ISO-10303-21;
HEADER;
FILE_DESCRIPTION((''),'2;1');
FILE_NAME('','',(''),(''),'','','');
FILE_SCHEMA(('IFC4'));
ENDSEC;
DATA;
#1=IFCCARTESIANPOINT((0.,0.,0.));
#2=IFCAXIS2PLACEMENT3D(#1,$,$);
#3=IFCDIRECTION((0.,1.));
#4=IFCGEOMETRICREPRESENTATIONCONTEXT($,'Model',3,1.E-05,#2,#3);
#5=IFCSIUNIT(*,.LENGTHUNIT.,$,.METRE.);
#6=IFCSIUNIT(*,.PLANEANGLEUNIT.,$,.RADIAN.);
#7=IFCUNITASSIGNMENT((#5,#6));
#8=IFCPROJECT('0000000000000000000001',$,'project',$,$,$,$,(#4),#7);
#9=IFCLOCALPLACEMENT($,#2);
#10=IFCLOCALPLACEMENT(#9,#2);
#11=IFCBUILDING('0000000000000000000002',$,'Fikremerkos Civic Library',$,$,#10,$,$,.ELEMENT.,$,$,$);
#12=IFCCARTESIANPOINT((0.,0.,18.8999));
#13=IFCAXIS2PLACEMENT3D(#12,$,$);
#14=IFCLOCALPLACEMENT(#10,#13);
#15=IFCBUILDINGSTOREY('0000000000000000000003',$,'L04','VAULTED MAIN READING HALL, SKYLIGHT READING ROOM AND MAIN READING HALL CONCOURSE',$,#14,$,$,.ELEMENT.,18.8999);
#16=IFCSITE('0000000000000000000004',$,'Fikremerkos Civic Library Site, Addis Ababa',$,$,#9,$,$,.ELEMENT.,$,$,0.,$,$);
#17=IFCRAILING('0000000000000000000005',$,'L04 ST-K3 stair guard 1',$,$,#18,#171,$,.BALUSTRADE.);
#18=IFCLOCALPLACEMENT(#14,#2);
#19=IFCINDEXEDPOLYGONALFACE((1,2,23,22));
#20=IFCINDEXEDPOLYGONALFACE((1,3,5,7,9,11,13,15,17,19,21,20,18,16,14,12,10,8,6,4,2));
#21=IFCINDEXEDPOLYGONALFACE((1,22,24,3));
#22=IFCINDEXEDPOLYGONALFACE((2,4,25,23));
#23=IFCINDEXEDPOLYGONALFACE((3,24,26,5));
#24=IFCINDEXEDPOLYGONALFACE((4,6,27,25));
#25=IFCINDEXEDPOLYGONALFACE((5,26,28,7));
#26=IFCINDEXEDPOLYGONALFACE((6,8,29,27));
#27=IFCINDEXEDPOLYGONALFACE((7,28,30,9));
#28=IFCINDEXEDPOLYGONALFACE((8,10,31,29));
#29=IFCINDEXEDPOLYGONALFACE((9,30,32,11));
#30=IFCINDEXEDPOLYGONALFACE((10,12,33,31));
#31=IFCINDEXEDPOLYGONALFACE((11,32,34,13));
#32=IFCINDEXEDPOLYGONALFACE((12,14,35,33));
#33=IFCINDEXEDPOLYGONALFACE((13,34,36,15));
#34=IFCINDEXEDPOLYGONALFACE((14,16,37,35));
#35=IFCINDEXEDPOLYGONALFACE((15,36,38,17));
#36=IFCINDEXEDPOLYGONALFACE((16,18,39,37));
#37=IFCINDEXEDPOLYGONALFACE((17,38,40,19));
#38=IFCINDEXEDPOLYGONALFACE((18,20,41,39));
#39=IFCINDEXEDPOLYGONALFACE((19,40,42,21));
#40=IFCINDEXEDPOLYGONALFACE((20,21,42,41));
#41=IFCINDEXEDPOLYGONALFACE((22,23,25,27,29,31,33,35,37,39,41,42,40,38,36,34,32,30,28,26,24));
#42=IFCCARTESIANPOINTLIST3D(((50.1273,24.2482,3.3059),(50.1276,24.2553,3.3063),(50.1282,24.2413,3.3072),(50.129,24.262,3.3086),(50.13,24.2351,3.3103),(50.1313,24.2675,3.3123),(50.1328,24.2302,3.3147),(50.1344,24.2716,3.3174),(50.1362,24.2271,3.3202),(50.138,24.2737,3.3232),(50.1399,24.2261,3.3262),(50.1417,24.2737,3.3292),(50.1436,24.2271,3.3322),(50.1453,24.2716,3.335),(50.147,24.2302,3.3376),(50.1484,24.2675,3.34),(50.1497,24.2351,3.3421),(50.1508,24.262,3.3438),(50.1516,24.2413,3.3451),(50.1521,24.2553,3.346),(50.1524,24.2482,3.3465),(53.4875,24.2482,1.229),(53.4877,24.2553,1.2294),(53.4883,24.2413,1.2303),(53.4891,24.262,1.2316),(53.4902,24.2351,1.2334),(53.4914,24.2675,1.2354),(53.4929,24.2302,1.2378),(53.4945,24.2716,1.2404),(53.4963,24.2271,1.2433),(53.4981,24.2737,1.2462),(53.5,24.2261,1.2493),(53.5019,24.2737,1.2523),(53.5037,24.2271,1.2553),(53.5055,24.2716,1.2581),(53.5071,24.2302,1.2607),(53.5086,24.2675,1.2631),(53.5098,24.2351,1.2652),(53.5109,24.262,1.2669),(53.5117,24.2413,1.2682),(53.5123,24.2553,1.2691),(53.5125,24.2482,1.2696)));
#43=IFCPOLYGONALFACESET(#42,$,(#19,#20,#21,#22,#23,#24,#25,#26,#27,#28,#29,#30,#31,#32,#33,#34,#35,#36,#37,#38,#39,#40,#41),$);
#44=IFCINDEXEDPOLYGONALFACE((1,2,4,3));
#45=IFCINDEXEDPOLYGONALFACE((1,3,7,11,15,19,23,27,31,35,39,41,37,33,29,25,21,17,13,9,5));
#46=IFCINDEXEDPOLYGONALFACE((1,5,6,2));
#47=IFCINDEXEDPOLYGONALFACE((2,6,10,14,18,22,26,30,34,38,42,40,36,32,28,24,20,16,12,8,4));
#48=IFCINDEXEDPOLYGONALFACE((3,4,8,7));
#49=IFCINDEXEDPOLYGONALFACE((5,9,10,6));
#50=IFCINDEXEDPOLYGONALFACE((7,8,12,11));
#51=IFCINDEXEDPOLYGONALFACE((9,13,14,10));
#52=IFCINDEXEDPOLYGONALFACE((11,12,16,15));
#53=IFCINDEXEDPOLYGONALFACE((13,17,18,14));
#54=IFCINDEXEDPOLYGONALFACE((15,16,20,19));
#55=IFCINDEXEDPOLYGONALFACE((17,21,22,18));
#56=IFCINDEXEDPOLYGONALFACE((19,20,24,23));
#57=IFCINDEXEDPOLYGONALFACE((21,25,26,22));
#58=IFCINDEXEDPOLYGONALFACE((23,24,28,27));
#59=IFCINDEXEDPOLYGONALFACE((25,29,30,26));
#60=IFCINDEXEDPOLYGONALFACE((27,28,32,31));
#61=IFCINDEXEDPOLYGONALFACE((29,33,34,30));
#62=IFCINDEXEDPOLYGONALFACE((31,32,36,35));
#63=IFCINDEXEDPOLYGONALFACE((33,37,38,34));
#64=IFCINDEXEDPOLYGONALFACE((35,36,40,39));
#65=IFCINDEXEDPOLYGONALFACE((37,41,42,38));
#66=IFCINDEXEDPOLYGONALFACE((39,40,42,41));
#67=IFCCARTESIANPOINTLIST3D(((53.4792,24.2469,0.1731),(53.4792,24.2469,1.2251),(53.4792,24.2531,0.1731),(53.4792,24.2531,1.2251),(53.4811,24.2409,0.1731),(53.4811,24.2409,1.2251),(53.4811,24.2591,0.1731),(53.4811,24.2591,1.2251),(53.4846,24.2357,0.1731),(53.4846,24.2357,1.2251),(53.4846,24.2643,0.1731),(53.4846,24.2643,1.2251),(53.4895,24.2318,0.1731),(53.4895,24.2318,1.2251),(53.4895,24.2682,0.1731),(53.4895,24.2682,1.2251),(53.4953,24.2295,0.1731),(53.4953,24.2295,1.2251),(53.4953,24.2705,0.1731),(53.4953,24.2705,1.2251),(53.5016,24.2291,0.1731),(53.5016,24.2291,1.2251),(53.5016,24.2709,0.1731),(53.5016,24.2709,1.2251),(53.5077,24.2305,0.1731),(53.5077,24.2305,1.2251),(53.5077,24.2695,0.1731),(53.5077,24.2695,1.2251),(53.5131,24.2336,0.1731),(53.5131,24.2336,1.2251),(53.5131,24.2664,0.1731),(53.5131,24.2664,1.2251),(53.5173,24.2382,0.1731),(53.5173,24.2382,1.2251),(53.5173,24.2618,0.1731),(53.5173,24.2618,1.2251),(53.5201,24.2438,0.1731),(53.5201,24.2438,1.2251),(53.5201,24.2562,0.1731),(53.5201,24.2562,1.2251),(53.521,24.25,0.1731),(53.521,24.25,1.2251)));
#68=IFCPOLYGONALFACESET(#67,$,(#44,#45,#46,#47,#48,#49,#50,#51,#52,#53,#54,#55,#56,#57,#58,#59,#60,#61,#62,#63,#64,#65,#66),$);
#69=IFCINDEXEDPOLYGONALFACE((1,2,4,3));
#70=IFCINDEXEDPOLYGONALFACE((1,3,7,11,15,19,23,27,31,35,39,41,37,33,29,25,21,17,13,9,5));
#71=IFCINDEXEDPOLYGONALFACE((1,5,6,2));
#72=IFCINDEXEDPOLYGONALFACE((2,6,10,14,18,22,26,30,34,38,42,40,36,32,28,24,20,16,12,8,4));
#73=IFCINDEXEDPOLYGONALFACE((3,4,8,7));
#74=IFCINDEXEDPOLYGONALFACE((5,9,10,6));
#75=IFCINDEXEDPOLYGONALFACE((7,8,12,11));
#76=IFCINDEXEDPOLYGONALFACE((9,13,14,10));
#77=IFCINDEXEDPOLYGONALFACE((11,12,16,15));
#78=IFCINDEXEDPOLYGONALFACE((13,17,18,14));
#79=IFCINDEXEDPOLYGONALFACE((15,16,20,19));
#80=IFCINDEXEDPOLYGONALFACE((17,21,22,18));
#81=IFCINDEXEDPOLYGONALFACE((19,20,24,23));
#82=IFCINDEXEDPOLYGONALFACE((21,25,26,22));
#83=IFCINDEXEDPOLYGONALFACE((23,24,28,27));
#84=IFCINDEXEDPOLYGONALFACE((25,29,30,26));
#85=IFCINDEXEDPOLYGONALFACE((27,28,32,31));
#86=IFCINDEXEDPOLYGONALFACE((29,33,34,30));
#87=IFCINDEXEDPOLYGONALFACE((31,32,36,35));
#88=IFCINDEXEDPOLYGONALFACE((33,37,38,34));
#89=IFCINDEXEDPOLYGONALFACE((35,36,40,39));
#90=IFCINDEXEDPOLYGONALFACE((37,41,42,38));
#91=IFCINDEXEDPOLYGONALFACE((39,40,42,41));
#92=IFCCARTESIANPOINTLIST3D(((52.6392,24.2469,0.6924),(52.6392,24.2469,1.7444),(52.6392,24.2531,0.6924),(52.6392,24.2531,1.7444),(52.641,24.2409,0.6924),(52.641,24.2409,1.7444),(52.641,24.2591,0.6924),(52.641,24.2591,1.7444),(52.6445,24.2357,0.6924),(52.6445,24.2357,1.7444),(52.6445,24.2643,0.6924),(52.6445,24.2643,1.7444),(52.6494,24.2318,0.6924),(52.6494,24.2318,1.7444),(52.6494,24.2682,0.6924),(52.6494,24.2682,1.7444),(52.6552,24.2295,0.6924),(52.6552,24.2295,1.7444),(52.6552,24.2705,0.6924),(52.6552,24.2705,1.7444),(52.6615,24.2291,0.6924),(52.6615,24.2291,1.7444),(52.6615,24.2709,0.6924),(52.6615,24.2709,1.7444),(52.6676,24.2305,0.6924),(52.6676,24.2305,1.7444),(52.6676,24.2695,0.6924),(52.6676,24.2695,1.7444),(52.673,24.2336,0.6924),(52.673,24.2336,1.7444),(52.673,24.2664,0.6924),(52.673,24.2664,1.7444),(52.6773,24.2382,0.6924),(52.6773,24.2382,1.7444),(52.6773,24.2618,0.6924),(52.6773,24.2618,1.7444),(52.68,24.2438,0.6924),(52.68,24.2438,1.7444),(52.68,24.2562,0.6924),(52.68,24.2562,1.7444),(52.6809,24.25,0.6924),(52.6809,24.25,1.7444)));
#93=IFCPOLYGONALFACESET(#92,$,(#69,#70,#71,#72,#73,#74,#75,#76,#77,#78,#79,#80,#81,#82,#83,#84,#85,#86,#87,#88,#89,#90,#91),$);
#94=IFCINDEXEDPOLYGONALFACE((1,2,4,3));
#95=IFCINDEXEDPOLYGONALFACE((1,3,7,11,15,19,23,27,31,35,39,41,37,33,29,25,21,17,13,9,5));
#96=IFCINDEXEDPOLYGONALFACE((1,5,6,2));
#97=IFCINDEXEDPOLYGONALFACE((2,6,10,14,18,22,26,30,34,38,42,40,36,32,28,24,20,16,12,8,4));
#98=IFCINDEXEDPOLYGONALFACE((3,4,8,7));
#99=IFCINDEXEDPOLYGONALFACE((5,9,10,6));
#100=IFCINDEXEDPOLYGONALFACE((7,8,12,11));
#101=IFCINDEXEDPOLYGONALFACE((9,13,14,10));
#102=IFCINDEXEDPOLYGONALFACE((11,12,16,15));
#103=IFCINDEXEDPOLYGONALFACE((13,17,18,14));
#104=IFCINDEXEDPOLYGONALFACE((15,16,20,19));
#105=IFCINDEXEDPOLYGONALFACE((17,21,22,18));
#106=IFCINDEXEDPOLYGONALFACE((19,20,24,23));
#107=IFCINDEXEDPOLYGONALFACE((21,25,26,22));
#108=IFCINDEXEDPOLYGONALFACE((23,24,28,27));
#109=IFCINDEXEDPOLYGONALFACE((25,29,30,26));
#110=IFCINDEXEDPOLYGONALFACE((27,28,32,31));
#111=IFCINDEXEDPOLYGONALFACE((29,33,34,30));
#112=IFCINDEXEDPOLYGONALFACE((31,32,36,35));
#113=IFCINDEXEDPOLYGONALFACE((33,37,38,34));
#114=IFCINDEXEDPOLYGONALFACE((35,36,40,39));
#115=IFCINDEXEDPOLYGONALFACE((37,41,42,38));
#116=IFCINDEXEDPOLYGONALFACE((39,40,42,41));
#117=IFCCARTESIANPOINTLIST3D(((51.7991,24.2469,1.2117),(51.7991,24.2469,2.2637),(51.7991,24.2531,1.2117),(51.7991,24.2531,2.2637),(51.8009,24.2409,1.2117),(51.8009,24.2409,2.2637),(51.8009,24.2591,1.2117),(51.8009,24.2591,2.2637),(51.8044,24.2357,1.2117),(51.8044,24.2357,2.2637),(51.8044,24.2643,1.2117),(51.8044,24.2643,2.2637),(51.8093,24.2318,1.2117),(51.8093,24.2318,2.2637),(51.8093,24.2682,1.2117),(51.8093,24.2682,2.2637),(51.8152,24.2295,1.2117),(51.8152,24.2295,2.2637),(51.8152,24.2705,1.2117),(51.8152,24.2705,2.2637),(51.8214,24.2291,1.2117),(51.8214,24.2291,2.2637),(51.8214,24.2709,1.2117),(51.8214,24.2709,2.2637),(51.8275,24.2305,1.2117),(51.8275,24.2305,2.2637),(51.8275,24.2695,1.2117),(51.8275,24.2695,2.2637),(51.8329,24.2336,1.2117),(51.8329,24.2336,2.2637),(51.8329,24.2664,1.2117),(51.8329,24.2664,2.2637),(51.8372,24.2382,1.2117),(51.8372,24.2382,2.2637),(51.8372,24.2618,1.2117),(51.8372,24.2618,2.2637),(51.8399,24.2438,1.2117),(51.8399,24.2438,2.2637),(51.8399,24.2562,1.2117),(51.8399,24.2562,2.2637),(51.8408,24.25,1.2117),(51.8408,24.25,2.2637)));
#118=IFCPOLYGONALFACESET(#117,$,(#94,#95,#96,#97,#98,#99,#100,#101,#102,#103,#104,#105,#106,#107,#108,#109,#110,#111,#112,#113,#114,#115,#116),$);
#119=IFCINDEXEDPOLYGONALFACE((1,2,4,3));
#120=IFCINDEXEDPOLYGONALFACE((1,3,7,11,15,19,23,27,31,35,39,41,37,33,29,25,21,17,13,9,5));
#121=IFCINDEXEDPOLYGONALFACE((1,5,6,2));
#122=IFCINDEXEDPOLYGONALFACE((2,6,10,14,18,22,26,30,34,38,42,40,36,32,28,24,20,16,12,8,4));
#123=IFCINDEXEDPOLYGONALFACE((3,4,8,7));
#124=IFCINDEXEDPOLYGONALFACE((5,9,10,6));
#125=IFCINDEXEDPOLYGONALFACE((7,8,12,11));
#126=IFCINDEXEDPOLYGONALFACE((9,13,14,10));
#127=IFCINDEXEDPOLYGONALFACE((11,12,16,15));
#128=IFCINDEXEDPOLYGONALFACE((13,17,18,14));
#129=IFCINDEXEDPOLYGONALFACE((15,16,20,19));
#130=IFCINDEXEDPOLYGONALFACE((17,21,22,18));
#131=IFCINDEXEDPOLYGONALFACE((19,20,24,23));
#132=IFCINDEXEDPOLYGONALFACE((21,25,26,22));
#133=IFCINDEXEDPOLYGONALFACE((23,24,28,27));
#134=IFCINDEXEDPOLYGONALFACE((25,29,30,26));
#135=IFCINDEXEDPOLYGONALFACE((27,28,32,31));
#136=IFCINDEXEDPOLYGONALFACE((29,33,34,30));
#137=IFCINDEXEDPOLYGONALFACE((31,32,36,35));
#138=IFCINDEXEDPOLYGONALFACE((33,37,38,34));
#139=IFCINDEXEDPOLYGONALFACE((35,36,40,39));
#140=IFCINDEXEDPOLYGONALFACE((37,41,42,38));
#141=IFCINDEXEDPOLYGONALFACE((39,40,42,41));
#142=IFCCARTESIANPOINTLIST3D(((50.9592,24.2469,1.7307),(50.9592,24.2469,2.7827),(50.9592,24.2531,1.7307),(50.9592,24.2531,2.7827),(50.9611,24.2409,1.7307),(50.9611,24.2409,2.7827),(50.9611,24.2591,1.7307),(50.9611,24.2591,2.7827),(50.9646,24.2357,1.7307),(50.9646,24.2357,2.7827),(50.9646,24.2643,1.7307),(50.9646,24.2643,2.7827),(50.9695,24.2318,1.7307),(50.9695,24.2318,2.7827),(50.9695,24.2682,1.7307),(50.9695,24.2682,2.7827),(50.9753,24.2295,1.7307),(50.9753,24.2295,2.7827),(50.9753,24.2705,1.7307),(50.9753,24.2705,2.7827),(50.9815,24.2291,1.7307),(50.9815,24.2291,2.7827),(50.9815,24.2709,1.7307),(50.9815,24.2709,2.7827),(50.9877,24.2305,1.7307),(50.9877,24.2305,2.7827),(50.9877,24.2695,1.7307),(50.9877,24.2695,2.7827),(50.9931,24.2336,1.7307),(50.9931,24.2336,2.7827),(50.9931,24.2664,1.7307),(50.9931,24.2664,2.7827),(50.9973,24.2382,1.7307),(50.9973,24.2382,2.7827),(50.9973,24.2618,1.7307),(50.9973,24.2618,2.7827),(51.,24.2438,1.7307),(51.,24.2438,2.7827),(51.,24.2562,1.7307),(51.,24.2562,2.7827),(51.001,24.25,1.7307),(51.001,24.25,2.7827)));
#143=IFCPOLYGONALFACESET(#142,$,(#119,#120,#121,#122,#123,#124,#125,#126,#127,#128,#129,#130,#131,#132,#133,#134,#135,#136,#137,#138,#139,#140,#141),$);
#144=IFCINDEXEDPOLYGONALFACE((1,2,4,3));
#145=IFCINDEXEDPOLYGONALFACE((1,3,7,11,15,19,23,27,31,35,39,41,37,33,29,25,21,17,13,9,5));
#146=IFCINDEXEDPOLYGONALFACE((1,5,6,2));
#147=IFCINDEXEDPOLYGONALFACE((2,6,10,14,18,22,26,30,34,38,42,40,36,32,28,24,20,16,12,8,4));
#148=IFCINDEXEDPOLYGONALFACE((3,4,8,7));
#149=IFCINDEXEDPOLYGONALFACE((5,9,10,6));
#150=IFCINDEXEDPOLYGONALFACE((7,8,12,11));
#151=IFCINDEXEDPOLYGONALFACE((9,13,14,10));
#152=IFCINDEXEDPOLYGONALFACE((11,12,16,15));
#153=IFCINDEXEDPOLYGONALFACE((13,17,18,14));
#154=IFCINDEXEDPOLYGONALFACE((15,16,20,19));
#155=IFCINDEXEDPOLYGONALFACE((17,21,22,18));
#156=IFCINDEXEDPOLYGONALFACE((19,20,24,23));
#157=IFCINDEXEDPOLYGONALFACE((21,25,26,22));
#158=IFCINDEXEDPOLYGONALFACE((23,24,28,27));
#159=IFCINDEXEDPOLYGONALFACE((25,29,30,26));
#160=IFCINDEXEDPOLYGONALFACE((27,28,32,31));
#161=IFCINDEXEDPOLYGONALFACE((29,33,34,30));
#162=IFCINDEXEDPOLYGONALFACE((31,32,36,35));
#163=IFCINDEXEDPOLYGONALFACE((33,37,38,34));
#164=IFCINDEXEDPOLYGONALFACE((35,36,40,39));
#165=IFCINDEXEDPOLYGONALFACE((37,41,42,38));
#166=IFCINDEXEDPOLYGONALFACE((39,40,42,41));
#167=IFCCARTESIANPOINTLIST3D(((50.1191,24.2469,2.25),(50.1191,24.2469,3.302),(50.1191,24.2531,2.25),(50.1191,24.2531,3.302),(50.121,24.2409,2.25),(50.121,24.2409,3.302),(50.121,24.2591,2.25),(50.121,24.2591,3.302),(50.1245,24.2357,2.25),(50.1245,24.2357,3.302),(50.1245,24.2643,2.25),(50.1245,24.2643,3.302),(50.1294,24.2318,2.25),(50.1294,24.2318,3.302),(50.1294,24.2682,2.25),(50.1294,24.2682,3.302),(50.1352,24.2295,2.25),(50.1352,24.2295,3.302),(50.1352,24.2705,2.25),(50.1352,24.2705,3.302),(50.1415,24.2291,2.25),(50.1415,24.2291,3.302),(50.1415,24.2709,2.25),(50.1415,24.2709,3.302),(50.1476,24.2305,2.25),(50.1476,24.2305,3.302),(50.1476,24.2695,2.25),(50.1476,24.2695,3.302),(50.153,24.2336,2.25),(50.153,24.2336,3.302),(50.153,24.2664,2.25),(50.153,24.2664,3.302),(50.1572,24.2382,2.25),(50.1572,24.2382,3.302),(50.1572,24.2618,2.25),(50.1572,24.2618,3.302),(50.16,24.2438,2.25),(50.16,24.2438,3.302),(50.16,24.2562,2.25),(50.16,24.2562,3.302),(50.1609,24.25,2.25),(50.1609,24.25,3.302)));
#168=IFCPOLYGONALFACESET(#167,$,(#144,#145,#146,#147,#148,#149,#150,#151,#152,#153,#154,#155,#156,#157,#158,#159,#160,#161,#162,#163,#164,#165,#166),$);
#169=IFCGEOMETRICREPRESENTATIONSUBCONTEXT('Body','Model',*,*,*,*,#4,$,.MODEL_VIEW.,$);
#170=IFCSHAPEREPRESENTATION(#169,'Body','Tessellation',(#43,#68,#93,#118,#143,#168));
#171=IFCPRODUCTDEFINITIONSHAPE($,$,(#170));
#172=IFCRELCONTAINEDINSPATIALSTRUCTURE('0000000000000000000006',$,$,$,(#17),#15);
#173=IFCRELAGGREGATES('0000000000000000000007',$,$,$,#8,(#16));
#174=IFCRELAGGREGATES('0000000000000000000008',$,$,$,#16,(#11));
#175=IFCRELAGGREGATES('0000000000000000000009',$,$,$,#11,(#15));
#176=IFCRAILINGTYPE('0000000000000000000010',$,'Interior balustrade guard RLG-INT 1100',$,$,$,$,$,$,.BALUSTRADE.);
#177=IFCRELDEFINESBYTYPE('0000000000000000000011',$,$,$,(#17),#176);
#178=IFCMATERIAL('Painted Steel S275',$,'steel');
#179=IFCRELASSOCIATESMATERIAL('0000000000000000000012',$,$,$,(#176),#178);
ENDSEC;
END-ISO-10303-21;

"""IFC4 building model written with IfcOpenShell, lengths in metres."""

from ifc_helpers import new_model, si_unit, direction, frame, origin, origin_2d, place, context, subcontext, project, spatial, circle, extrude, material, type_object, element, save


model = new_model("IFC4")

# Units and contexts
model_context = context("Model", 3, precision=1e-05, world=origin(), true_north=direction((0.0, 1.0)))
body_context = subcontext(model_context, "Body", "Model", "MODEL_VIEW")
ifc_project = project(units=[si_unit("LENGTHUNIT", "METRE"), si_unit("PLANEANGLEUNIT", "RADIAN")], contexts=[model_context])

# Site, building, storey
site_placement = place(None, origin())
site = spatial("IfcSite", under=ifc_project, at=site_placement, Name="Fikremerkos Civic Library Site, Addis Ababa", CompositionType="ELEMENT", RefElevation=0.0)
building_placement = place(site_placement, origin())
building = spatial("IfcBuilding", under=site, at=building_placement, Name="Fikremerkos Civic Library", CompositionType="ELEMENT")
storey_placement = place(building_placement, frame((0.0, 0.0, 18.8999)))
storey = spatial("IfcBuildingStorey", under=building, at=storey_placement, Name="L04", Description="VAULTED MAIN READING HALL, SKYLIGHT READING ROOM AND MAIN READING HALL CONCOURSE", CompositionType="ELEMENT", Elevation=18.8999)

# Railing
ifc_material_1 = material(Name="Painted Steel S275", Category="steel")
railing_type_1 = type_object("IfcRailingType", Name="Interior balustrade guard RLG-INT 1100", PredefinedType="BALUSTRADE", material=ifc_material_1)
railing_1_placement = place(storey_placement, frame((53.5, 24.25, 0.1731)))
element("IfcRailing", 1, at=railing_1_placement, inside=storey, type_object=railing_type_1, Name="L04 ST-K3 stair guard 1", PredefinedType="BALUSTRADE", context=body_context, shape_type="SweptSolid", body=[
    extrude(circle(Radius=0.0239, at=origin_2d()), frame((0.0, 0.0, 1.0762), z_axis=(-0.850623, 0.0, 0.525776), x_axis=(0.0, -1.0, 0.0)), (0.0, 0.0, 1.0), 3.9502),
    extrude(circle(Radius=0.021, at=origin_2d()), origin(), (0.0, 0.0, 1.0), 1.052),
    extrude(circle(Radius=0.021, at=origin_2d()), frame((-0.8401, 0.0, 0.5193)), (0.0, 0.0, 1.0), 1.052),
    extrude(circle(Radius=0.021, at=origin_2d()), frame((-1.6802, 0.0, 1.0386)), (0.0, 0.0, 1.0), 1.052),
    extrude(circle(Radius=0.021, at=origin_2d()), frame((-2.52, 0.0, 1.5576)), (0.0, 0.0, 1.0), 1.052),
    extrude(circle(Radius=0.021, at=origin_2d()), frame((-3.3601, 0.0, 2.0769)), (0.0, 0.0, 1.0), 1.052),
])

save(model, "model.ifc")
